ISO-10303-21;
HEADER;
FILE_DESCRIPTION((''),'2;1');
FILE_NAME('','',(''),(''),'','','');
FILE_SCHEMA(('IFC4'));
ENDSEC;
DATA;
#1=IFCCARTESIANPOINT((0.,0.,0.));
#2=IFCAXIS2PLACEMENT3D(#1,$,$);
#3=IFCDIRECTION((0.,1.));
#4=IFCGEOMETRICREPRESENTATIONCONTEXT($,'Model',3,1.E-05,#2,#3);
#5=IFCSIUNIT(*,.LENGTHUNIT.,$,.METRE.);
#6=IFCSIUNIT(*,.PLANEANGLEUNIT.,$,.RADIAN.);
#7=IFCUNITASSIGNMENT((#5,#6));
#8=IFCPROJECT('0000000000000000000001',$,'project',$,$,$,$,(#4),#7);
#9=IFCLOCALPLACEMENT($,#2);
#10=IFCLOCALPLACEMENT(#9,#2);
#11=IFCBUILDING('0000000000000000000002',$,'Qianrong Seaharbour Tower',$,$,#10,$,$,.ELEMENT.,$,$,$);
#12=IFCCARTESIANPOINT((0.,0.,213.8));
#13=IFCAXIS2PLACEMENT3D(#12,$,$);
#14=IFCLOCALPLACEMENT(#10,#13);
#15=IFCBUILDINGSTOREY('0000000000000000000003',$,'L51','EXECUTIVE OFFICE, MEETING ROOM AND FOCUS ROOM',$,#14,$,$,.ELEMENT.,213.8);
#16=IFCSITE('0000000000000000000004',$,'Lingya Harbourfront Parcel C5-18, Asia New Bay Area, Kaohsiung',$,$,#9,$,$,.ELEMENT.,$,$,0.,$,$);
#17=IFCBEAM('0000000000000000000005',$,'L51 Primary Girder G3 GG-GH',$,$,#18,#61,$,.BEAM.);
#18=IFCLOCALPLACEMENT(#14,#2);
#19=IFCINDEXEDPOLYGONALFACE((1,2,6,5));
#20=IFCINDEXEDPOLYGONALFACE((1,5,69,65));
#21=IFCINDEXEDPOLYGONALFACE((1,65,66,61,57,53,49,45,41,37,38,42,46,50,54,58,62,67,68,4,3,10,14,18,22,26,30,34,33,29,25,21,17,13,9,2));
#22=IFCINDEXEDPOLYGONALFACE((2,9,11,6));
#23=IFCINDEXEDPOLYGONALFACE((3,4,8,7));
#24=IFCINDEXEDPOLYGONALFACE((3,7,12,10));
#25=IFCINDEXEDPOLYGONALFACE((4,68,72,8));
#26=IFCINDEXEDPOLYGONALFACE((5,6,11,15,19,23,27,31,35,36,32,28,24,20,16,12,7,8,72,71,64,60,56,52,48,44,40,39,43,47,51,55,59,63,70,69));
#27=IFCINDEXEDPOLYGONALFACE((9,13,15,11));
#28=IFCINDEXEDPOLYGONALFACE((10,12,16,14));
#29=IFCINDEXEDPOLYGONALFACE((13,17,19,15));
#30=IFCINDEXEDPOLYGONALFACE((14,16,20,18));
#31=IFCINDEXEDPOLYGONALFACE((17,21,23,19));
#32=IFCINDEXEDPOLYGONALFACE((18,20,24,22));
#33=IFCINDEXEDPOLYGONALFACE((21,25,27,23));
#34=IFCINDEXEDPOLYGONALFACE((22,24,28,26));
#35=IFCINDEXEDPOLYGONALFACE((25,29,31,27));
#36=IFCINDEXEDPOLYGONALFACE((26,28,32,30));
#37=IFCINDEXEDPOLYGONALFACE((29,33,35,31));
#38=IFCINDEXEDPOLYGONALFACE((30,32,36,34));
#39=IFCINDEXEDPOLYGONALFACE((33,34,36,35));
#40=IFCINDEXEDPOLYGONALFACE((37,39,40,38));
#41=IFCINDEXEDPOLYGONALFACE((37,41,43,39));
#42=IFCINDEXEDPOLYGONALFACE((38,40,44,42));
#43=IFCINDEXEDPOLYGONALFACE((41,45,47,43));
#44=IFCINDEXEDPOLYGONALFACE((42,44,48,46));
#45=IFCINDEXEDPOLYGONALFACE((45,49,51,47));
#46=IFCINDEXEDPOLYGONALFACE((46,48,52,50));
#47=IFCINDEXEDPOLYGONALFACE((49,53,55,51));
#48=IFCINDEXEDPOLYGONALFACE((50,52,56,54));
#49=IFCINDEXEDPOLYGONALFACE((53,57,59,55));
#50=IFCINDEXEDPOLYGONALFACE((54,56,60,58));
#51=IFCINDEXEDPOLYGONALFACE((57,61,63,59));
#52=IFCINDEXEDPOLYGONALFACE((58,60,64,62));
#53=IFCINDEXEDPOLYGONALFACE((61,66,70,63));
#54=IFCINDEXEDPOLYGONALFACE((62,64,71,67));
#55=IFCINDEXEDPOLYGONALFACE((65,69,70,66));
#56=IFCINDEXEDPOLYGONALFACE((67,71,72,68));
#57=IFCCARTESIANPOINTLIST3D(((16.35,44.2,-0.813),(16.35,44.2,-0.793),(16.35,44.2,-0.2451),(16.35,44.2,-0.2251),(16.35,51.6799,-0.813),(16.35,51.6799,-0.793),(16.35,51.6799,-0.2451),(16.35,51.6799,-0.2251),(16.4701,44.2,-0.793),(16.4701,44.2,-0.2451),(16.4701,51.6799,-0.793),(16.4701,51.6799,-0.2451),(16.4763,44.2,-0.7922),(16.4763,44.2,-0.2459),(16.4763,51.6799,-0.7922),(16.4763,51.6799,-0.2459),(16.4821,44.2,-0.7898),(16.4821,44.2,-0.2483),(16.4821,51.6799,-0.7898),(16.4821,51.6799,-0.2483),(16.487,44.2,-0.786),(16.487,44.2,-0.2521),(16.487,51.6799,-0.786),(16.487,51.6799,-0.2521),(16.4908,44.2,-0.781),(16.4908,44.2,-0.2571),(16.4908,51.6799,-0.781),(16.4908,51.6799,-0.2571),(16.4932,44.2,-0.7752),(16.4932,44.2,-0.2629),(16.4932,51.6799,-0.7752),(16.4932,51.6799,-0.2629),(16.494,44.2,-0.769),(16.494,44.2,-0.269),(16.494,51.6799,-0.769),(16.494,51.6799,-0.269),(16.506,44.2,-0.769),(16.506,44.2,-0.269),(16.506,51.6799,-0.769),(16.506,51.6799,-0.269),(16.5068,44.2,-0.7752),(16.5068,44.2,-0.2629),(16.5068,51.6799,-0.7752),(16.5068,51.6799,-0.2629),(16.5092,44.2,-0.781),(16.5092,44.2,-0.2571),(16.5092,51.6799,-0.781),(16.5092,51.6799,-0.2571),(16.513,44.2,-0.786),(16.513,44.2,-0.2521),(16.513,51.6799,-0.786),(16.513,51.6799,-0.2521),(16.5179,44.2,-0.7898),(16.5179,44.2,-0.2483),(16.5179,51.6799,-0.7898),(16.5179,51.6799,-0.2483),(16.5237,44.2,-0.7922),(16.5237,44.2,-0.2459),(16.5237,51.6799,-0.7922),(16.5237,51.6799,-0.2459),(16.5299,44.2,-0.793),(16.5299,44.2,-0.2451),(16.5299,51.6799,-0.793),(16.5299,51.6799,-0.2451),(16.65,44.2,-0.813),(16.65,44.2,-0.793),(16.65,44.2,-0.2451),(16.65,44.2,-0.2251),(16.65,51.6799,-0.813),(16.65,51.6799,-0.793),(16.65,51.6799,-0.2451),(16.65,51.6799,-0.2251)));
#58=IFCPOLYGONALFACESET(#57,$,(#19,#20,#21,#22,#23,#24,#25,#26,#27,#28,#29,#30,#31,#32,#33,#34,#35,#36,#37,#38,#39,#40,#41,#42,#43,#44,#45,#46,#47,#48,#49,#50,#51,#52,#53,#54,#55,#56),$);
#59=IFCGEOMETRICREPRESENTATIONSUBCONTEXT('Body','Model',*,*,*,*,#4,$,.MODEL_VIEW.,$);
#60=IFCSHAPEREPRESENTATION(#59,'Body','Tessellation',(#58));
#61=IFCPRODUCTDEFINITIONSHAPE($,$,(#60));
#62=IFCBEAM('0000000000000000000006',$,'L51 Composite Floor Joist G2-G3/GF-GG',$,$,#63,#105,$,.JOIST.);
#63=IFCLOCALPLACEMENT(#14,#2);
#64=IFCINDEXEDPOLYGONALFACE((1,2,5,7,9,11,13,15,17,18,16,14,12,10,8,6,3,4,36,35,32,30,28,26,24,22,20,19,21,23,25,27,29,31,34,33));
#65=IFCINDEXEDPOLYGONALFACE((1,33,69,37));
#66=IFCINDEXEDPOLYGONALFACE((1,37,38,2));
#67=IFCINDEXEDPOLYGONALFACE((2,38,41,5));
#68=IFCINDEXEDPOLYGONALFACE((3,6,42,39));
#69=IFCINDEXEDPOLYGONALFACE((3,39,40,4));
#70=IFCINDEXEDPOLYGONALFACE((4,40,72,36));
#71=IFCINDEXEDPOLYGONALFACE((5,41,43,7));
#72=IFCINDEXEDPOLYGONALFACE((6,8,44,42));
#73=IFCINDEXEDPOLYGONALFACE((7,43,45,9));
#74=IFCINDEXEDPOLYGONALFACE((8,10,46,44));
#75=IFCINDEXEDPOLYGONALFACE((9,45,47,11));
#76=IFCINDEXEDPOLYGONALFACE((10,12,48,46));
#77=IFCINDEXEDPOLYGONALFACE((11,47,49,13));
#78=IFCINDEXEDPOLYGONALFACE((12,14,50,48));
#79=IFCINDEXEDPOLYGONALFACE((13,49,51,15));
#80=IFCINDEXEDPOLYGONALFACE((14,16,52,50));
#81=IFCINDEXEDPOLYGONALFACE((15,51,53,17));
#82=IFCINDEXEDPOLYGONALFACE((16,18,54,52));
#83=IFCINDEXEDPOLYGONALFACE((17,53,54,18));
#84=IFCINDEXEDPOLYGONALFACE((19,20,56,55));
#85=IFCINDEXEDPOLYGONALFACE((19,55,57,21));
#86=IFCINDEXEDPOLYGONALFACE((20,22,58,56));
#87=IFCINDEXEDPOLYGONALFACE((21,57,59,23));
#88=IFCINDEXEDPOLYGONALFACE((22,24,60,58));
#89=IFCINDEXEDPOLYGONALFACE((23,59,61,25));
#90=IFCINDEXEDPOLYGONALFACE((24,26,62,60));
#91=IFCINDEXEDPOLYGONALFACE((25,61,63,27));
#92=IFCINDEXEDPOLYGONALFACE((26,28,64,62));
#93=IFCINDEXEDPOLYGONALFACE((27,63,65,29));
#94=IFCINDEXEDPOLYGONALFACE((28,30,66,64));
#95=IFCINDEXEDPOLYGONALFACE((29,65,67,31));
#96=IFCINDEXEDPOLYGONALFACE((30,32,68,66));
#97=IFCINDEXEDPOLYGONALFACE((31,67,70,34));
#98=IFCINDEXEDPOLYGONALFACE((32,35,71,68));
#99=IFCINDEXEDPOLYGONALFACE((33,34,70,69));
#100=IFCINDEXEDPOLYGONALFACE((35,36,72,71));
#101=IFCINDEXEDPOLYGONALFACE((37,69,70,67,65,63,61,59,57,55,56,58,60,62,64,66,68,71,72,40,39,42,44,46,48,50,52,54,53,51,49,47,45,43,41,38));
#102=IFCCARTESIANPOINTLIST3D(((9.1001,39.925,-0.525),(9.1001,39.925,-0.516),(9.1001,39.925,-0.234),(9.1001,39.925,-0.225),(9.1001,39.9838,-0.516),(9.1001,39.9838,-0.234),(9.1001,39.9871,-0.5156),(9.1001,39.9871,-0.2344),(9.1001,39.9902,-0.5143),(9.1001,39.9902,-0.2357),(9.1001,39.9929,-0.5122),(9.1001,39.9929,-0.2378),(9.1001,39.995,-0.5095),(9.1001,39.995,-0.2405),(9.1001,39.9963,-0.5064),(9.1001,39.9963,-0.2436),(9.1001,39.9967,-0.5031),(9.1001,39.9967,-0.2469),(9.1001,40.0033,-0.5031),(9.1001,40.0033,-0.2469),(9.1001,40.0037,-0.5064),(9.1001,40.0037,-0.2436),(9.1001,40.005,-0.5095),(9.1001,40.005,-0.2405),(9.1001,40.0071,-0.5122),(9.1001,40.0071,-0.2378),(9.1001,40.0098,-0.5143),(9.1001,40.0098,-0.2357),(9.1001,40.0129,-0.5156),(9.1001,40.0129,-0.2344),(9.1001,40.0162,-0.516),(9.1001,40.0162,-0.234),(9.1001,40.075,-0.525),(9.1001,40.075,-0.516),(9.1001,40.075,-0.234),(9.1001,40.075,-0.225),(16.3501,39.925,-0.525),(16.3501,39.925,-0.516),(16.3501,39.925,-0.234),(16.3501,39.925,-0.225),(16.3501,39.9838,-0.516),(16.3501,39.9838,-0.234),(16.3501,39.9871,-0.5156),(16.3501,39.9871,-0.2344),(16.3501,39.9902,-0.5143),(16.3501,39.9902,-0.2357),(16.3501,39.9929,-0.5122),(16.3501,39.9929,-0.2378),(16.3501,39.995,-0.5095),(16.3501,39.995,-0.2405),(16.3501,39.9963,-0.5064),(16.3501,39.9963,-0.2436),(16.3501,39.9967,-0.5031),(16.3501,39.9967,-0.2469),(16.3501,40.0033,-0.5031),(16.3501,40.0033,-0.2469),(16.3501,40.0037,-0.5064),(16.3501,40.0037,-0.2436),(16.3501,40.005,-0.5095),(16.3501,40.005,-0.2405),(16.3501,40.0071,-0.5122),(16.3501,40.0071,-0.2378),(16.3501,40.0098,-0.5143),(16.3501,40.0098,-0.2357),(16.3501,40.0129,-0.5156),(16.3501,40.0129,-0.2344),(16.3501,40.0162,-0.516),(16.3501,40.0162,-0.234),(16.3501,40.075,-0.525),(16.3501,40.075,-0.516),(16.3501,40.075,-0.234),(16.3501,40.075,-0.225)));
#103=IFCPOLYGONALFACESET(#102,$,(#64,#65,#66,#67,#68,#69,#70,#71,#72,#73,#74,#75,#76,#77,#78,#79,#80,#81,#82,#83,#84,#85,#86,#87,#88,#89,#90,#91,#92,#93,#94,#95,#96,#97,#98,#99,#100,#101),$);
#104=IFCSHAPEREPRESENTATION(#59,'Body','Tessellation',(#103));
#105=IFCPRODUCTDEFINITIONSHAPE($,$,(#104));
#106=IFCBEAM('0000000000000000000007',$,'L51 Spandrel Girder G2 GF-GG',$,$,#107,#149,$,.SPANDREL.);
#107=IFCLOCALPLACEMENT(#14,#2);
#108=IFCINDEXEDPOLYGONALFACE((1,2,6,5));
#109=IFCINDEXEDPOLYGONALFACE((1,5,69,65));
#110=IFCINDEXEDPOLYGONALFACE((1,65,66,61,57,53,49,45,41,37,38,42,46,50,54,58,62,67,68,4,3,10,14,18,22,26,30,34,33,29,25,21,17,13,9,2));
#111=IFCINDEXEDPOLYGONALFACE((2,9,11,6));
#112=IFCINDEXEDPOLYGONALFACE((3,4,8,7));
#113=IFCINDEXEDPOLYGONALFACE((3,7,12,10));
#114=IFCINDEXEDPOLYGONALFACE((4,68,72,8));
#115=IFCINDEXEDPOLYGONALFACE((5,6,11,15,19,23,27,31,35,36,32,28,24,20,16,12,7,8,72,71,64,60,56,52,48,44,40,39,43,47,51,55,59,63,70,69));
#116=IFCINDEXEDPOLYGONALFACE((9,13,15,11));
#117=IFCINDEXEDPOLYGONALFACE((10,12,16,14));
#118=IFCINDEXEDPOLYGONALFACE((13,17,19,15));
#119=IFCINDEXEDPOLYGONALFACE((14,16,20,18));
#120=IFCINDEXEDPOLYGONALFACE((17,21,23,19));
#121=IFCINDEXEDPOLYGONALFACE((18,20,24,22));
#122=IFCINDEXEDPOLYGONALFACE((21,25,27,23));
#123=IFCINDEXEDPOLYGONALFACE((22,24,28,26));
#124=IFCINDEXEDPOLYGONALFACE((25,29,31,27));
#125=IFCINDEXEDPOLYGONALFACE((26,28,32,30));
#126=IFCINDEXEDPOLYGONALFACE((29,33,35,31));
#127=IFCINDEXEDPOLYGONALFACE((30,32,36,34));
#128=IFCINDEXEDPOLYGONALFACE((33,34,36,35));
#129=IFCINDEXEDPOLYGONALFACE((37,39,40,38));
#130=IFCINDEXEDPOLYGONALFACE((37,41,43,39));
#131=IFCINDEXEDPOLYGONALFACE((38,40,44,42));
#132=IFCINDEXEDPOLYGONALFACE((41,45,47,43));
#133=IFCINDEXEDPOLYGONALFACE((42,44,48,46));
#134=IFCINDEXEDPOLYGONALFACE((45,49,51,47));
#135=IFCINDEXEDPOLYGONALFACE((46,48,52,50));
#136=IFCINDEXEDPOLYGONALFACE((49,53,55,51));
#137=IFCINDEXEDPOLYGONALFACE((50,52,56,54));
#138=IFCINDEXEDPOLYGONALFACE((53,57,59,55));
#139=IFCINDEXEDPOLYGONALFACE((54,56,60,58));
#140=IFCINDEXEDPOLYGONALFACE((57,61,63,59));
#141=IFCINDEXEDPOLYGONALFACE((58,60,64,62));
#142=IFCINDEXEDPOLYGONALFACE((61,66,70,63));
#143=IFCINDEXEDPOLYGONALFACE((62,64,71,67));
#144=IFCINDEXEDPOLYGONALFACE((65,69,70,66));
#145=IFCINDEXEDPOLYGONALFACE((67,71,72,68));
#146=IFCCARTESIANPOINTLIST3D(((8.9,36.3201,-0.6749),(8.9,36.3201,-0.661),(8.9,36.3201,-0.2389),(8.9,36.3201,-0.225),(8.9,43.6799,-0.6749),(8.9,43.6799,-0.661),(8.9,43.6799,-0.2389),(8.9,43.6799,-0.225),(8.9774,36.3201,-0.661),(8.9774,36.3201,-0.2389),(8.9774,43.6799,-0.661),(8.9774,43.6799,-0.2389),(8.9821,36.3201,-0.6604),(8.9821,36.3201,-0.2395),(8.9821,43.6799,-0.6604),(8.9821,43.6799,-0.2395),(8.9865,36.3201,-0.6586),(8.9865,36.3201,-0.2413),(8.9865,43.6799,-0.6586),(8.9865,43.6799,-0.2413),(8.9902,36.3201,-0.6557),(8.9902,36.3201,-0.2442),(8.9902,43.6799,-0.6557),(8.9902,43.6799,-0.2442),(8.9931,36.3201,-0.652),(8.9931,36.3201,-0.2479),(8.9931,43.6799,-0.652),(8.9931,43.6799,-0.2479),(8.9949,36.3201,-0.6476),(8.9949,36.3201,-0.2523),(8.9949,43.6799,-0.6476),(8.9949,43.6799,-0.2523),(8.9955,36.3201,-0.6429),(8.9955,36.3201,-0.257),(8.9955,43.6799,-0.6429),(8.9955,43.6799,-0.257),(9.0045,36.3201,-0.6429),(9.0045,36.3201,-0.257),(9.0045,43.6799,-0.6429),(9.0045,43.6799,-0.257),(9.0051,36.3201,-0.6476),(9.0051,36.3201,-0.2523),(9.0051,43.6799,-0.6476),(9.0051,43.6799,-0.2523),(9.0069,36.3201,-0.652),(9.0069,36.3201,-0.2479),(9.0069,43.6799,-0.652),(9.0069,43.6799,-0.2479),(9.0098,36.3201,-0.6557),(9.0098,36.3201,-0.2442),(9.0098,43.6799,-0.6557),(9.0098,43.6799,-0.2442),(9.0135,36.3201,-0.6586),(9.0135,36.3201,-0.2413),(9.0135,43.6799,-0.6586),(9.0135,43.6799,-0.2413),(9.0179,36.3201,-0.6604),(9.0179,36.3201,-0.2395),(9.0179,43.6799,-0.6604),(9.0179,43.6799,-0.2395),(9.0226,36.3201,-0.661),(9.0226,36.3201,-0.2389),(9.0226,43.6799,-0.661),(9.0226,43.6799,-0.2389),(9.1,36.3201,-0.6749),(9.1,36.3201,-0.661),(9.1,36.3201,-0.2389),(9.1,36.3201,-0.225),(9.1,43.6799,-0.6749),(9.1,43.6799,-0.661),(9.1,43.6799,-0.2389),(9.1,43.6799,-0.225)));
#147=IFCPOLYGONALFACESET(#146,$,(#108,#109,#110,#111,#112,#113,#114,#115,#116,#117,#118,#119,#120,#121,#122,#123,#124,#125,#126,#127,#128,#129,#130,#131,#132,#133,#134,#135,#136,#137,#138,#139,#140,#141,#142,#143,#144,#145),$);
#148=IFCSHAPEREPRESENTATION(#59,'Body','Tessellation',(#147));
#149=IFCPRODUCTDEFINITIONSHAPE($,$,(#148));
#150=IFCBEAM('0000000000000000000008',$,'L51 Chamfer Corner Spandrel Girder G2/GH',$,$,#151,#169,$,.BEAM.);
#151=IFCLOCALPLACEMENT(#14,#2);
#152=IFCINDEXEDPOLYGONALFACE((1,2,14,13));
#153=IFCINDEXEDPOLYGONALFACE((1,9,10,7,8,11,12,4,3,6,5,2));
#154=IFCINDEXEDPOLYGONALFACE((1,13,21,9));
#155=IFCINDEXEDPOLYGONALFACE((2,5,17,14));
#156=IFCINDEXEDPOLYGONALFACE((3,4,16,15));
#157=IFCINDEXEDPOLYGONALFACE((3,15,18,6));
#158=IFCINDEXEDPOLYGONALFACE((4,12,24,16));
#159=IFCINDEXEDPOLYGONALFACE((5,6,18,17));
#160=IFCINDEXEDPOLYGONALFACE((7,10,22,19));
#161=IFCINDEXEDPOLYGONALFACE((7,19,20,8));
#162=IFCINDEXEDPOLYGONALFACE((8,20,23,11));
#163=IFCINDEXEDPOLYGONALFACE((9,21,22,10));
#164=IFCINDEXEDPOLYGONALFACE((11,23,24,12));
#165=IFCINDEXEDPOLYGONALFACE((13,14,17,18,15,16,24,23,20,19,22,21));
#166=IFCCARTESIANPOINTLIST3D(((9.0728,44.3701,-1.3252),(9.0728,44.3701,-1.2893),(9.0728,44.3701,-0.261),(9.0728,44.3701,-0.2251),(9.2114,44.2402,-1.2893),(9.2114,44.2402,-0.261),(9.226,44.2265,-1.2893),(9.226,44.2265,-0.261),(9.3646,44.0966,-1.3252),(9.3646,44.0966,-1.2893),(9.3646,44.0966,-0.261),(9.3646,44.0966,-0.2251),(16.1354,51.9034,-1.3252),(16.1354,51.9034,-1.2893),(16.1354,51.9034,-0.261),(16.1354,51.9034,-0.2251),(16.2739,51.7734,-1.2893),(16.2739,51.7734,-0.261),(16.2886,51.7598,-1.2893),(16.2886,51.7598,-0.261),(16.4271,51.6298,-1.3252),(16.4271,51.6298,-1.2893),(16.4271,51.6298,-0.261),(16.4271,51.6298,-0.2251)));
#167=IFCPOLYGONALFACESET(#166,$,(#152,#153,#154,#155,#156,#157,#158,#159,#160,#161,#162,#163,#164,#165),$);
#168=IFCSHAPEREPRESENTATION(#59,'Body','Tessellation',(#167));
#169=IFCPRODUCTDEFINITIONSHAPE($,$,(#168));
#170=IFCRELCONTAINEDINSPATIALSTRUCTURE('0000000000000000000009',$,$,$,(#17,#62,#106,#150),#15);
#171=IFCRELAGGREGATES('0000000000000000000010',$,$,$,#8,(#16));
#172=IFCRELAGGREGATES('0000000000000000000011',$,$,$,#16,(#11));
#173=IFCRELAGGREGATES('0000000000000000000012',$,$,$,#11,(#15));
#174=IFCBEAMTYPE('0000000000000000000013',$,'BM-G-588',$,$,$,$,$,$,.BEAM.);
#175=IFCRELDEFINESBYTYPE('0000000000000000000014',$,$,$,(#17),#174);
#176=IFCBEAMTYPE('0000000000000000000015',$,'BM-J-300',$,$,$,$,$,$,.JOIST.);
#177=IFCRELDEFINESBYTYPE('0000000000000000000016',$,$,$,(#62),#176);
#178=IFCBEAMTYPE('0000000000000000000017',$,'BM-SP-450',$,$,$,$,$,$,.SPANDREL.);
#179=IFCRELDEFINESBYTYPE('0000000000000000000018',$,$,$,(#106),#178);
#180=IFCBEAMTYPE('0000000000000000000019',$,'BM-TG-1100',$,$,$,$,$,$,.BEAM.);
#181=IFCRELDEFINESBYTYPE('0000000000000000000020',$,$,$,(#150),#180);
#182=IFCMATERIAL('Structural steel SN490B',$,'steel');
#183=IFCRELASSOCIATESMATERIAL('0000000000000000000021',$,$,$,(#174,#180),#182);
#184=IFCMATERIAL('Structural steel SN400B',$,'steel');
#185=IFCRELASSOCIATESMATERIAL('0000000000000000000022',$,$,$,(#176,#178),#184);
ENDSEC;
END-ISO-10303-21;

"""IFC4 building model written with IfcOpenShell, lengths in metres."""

from ifc_helpers import new_model, si_unit, direction, frame, origin, origin_2d, place, context, subcontext, project, spatial, i_section, extrude, material, material_profile, profile_set, type_object, element, save


model = new_model("IFC4")

# Units and contexts
model_context = context("Model", 3, precision=1e-05, world=origin(), true_north=direction((0.0, 1.0)))
body_context = subcontext(model_context, "Body", "Model", "MODEL_VIEW")
ifc_project = project(units=[si_unit("LENGTHUNIT", "METRE"), si_unit("PLANEANGLEUNIT", "RADIAN")], contexts=[model_context])

# Site, building, storey
site_placement = place(None, origin())
site = spatial("IfcSite", under=ifc_project, at=site_placement, Name="Lingya Harbourfront Parcel C5-18, Asia New Bay Area, Kaohsiung", CompositionType="ELEMENT", RefElevation=0.0)
building_placement = place(site_placement, origin())
building = spatial("IfcBuilding", under=site, at=building_placement, Name="Qianrong Seaharbour Tower", CompositionType="ELEMENT")
storey_placement = place(building_placement, frame((0.0, 0.0, 213.8)))
storey = spatial("IfcBuildingStorey", under=building, at=storey_placement, Name="L51", Description="EXECUTIVE OFFICE, MEETING ROOM AND FOCUS ROOM", CompositionType="ELEMENT", Elevation=213.8)

# Shared definitions
ifc_material_1 = material(Name="Structural steel SN490B", Category="steel")

# Beams
ifc_material_profile_1 = material_profile(ifc_material_1, i_section(OverallWidth=0.3, OverallDepth=0.5879, WebThickness=0.012, FlangeThickness=0.02, FilletRadius=0.0239, at=origin_2d()), Name="H588x300x12x20")
ifc_profile_set_1 = profile_set([ifc_material_profile_1], Name="Structural steel SN490B")
beam_type_1 = type_object("IfcBeamType", Name="BM-G-588", PredefinedType="BEAM", material=ifc_profile_set_1)
beam_1_placement = place(storey_placement, frame((16.5, 44.2, -0.519), z_axis=(0.0, 1.0, 0.0), x_axis=(-1.0, 0.0, 0.0)))
element("IfcBeam", 1, at=beam_1_placement, inside=storey, type_object=beam_type_1, Name="L51 Primary Girder G3 GG-GH", PredefinedType="BEAM", context=body_context, shape_type="SweptSolid", body=[
    extrude(i_section(OverallWidth=0.3, OverallDepth=0.5879, WebThickness=0.012, FlangeThickness=0.02, FilletRadius=0.0239, at=origin_2d()), origin(), (0.0, 0.0, 1.0), 7.48),
])
ifc_material_2 = material(Name="Structural steel SN400B", Category="steel")
ifc_material_profile_2 = material_profile(ifc_material_2, i_section(OverallWidth=0.1499, OverallDepth=0.3, WebThickness=0.0066, FlangeThickness=0.009, FilletRadius=0.0129, at=origin_2d()), Name="H300x150x6.5x9")
ifc_profile_set_2 = profile_set([ifc_material_profile_2], Name="Structural steel SN400B")
beam_type_2 = type_object("IfcBeamType", Name="BM-J-300", PredefinedType="JOIST", material=ifc_profile_set_2)
beam_2_placement = place(storey_placement, frame((9.1001, 40.0, -0.375), z_axis=(1.0, 0.0, 0.0), x_axis=(0.0, 1.0, 0.0)))
element("IfcBeam", 2, at=beam_2_placement, inside=storey, type_object=beam_type_2, Name="L51 Composite Floor Joist G2-G3/GF-GG", PredefinedType="JOIST", context=body_context, shape_type="SweptSolid", body=[
    extrude(i_section(OverallWidth=0.1499, OverallDepth=0.3, WebThickness=0.0066, FlangeThickness=0.009, FilletRadius=0.0129, at=origin_2d()), origin(), (0.0, 0.0, 1.0), 7.25),
])
ifc_material_profile_3 = material_profile(ifc_material_2, i_section(OverallWidth=0.2, OverallDepth=0.45, WebThickness=0.009, FlangeThickness=0.0139, FilletRadius=0.0181, at=origin_2d()), Name="H450x200x9x14")
ifc_profile_set_3 = profile_set([ifc_material_profile_3], Name="Structural steel SN400B")
beam_type_3 = type_object("IfcBeamType", Name="BM-SP-450", PredefinedType="SPANDREL", material=ifc_profile_set_3)
beam_3_placement = place(storey_placement, frame((9.0, 36.3201, -0.45), z_axis=(0.0, 1.0, 0.0), x_axis=(-1.0, 0.0, 0.0)))
element("IfcBeam", 3, at=beam_3_placement, inside=storey, type_object=beam_type_3, Name="L51 Spandrel Girder G2 GF-GG", PredefinedType="SPANDREL", context=body_context, shape_type="SweptSolid", body=[
    extrude(i_section(OverallWidth=0.2, OverallDepth=0.45, WebThickness=0.009, FlangeThickness=0.0139, FilletRadius=0.0181, at=origin_2d()), origin(), (0.0, 0.0, 1.0), 7.3599),
])
ifc_material_profile_4 = material_profile(ifc_material_1, i_section(OverallWidth=0.3999, OverallDepth=1.1001, WebThickness=0.02, FlangeThickness=0.0359, at=origin_2d()), Name="BH1100x400x20x36")
ifc_profile_set_4 = profile_set([ifc_material_profile_4], Name="Structural steel SN490B")
beam_type_4 = type_object("IfcBeamType", Name="BM-TG-1100", PredefinedType="BEAM", material=ifc_profile_set_4)
beam_4_placement = place(storey_placement, frame((16.2812, 51.7666, -0.7751), z_axis=(-0.683947, -0.729531, 0.0), x_axis=(0.729531, -0.683947, 0.0)))
element("IfcBeam", 4, at=beam_4_placement, inside=storey, type_object=beam_type_4, Name="L51 Chamfer Corner Spandrel Girder G2/GH", PredefinedType="BEAM", context=body_context, shape_type="SweptSolid", body=[
    extrude(i_section(OverallWidth=0.3999, OverallDepth=1.1001, WebThickness=0.02, FlangeThickness=0.0359, at=origin_2d()), origin(), (0.0, 0.0, 1.0), 10.3262),
])

save(model, "model.ifc")
